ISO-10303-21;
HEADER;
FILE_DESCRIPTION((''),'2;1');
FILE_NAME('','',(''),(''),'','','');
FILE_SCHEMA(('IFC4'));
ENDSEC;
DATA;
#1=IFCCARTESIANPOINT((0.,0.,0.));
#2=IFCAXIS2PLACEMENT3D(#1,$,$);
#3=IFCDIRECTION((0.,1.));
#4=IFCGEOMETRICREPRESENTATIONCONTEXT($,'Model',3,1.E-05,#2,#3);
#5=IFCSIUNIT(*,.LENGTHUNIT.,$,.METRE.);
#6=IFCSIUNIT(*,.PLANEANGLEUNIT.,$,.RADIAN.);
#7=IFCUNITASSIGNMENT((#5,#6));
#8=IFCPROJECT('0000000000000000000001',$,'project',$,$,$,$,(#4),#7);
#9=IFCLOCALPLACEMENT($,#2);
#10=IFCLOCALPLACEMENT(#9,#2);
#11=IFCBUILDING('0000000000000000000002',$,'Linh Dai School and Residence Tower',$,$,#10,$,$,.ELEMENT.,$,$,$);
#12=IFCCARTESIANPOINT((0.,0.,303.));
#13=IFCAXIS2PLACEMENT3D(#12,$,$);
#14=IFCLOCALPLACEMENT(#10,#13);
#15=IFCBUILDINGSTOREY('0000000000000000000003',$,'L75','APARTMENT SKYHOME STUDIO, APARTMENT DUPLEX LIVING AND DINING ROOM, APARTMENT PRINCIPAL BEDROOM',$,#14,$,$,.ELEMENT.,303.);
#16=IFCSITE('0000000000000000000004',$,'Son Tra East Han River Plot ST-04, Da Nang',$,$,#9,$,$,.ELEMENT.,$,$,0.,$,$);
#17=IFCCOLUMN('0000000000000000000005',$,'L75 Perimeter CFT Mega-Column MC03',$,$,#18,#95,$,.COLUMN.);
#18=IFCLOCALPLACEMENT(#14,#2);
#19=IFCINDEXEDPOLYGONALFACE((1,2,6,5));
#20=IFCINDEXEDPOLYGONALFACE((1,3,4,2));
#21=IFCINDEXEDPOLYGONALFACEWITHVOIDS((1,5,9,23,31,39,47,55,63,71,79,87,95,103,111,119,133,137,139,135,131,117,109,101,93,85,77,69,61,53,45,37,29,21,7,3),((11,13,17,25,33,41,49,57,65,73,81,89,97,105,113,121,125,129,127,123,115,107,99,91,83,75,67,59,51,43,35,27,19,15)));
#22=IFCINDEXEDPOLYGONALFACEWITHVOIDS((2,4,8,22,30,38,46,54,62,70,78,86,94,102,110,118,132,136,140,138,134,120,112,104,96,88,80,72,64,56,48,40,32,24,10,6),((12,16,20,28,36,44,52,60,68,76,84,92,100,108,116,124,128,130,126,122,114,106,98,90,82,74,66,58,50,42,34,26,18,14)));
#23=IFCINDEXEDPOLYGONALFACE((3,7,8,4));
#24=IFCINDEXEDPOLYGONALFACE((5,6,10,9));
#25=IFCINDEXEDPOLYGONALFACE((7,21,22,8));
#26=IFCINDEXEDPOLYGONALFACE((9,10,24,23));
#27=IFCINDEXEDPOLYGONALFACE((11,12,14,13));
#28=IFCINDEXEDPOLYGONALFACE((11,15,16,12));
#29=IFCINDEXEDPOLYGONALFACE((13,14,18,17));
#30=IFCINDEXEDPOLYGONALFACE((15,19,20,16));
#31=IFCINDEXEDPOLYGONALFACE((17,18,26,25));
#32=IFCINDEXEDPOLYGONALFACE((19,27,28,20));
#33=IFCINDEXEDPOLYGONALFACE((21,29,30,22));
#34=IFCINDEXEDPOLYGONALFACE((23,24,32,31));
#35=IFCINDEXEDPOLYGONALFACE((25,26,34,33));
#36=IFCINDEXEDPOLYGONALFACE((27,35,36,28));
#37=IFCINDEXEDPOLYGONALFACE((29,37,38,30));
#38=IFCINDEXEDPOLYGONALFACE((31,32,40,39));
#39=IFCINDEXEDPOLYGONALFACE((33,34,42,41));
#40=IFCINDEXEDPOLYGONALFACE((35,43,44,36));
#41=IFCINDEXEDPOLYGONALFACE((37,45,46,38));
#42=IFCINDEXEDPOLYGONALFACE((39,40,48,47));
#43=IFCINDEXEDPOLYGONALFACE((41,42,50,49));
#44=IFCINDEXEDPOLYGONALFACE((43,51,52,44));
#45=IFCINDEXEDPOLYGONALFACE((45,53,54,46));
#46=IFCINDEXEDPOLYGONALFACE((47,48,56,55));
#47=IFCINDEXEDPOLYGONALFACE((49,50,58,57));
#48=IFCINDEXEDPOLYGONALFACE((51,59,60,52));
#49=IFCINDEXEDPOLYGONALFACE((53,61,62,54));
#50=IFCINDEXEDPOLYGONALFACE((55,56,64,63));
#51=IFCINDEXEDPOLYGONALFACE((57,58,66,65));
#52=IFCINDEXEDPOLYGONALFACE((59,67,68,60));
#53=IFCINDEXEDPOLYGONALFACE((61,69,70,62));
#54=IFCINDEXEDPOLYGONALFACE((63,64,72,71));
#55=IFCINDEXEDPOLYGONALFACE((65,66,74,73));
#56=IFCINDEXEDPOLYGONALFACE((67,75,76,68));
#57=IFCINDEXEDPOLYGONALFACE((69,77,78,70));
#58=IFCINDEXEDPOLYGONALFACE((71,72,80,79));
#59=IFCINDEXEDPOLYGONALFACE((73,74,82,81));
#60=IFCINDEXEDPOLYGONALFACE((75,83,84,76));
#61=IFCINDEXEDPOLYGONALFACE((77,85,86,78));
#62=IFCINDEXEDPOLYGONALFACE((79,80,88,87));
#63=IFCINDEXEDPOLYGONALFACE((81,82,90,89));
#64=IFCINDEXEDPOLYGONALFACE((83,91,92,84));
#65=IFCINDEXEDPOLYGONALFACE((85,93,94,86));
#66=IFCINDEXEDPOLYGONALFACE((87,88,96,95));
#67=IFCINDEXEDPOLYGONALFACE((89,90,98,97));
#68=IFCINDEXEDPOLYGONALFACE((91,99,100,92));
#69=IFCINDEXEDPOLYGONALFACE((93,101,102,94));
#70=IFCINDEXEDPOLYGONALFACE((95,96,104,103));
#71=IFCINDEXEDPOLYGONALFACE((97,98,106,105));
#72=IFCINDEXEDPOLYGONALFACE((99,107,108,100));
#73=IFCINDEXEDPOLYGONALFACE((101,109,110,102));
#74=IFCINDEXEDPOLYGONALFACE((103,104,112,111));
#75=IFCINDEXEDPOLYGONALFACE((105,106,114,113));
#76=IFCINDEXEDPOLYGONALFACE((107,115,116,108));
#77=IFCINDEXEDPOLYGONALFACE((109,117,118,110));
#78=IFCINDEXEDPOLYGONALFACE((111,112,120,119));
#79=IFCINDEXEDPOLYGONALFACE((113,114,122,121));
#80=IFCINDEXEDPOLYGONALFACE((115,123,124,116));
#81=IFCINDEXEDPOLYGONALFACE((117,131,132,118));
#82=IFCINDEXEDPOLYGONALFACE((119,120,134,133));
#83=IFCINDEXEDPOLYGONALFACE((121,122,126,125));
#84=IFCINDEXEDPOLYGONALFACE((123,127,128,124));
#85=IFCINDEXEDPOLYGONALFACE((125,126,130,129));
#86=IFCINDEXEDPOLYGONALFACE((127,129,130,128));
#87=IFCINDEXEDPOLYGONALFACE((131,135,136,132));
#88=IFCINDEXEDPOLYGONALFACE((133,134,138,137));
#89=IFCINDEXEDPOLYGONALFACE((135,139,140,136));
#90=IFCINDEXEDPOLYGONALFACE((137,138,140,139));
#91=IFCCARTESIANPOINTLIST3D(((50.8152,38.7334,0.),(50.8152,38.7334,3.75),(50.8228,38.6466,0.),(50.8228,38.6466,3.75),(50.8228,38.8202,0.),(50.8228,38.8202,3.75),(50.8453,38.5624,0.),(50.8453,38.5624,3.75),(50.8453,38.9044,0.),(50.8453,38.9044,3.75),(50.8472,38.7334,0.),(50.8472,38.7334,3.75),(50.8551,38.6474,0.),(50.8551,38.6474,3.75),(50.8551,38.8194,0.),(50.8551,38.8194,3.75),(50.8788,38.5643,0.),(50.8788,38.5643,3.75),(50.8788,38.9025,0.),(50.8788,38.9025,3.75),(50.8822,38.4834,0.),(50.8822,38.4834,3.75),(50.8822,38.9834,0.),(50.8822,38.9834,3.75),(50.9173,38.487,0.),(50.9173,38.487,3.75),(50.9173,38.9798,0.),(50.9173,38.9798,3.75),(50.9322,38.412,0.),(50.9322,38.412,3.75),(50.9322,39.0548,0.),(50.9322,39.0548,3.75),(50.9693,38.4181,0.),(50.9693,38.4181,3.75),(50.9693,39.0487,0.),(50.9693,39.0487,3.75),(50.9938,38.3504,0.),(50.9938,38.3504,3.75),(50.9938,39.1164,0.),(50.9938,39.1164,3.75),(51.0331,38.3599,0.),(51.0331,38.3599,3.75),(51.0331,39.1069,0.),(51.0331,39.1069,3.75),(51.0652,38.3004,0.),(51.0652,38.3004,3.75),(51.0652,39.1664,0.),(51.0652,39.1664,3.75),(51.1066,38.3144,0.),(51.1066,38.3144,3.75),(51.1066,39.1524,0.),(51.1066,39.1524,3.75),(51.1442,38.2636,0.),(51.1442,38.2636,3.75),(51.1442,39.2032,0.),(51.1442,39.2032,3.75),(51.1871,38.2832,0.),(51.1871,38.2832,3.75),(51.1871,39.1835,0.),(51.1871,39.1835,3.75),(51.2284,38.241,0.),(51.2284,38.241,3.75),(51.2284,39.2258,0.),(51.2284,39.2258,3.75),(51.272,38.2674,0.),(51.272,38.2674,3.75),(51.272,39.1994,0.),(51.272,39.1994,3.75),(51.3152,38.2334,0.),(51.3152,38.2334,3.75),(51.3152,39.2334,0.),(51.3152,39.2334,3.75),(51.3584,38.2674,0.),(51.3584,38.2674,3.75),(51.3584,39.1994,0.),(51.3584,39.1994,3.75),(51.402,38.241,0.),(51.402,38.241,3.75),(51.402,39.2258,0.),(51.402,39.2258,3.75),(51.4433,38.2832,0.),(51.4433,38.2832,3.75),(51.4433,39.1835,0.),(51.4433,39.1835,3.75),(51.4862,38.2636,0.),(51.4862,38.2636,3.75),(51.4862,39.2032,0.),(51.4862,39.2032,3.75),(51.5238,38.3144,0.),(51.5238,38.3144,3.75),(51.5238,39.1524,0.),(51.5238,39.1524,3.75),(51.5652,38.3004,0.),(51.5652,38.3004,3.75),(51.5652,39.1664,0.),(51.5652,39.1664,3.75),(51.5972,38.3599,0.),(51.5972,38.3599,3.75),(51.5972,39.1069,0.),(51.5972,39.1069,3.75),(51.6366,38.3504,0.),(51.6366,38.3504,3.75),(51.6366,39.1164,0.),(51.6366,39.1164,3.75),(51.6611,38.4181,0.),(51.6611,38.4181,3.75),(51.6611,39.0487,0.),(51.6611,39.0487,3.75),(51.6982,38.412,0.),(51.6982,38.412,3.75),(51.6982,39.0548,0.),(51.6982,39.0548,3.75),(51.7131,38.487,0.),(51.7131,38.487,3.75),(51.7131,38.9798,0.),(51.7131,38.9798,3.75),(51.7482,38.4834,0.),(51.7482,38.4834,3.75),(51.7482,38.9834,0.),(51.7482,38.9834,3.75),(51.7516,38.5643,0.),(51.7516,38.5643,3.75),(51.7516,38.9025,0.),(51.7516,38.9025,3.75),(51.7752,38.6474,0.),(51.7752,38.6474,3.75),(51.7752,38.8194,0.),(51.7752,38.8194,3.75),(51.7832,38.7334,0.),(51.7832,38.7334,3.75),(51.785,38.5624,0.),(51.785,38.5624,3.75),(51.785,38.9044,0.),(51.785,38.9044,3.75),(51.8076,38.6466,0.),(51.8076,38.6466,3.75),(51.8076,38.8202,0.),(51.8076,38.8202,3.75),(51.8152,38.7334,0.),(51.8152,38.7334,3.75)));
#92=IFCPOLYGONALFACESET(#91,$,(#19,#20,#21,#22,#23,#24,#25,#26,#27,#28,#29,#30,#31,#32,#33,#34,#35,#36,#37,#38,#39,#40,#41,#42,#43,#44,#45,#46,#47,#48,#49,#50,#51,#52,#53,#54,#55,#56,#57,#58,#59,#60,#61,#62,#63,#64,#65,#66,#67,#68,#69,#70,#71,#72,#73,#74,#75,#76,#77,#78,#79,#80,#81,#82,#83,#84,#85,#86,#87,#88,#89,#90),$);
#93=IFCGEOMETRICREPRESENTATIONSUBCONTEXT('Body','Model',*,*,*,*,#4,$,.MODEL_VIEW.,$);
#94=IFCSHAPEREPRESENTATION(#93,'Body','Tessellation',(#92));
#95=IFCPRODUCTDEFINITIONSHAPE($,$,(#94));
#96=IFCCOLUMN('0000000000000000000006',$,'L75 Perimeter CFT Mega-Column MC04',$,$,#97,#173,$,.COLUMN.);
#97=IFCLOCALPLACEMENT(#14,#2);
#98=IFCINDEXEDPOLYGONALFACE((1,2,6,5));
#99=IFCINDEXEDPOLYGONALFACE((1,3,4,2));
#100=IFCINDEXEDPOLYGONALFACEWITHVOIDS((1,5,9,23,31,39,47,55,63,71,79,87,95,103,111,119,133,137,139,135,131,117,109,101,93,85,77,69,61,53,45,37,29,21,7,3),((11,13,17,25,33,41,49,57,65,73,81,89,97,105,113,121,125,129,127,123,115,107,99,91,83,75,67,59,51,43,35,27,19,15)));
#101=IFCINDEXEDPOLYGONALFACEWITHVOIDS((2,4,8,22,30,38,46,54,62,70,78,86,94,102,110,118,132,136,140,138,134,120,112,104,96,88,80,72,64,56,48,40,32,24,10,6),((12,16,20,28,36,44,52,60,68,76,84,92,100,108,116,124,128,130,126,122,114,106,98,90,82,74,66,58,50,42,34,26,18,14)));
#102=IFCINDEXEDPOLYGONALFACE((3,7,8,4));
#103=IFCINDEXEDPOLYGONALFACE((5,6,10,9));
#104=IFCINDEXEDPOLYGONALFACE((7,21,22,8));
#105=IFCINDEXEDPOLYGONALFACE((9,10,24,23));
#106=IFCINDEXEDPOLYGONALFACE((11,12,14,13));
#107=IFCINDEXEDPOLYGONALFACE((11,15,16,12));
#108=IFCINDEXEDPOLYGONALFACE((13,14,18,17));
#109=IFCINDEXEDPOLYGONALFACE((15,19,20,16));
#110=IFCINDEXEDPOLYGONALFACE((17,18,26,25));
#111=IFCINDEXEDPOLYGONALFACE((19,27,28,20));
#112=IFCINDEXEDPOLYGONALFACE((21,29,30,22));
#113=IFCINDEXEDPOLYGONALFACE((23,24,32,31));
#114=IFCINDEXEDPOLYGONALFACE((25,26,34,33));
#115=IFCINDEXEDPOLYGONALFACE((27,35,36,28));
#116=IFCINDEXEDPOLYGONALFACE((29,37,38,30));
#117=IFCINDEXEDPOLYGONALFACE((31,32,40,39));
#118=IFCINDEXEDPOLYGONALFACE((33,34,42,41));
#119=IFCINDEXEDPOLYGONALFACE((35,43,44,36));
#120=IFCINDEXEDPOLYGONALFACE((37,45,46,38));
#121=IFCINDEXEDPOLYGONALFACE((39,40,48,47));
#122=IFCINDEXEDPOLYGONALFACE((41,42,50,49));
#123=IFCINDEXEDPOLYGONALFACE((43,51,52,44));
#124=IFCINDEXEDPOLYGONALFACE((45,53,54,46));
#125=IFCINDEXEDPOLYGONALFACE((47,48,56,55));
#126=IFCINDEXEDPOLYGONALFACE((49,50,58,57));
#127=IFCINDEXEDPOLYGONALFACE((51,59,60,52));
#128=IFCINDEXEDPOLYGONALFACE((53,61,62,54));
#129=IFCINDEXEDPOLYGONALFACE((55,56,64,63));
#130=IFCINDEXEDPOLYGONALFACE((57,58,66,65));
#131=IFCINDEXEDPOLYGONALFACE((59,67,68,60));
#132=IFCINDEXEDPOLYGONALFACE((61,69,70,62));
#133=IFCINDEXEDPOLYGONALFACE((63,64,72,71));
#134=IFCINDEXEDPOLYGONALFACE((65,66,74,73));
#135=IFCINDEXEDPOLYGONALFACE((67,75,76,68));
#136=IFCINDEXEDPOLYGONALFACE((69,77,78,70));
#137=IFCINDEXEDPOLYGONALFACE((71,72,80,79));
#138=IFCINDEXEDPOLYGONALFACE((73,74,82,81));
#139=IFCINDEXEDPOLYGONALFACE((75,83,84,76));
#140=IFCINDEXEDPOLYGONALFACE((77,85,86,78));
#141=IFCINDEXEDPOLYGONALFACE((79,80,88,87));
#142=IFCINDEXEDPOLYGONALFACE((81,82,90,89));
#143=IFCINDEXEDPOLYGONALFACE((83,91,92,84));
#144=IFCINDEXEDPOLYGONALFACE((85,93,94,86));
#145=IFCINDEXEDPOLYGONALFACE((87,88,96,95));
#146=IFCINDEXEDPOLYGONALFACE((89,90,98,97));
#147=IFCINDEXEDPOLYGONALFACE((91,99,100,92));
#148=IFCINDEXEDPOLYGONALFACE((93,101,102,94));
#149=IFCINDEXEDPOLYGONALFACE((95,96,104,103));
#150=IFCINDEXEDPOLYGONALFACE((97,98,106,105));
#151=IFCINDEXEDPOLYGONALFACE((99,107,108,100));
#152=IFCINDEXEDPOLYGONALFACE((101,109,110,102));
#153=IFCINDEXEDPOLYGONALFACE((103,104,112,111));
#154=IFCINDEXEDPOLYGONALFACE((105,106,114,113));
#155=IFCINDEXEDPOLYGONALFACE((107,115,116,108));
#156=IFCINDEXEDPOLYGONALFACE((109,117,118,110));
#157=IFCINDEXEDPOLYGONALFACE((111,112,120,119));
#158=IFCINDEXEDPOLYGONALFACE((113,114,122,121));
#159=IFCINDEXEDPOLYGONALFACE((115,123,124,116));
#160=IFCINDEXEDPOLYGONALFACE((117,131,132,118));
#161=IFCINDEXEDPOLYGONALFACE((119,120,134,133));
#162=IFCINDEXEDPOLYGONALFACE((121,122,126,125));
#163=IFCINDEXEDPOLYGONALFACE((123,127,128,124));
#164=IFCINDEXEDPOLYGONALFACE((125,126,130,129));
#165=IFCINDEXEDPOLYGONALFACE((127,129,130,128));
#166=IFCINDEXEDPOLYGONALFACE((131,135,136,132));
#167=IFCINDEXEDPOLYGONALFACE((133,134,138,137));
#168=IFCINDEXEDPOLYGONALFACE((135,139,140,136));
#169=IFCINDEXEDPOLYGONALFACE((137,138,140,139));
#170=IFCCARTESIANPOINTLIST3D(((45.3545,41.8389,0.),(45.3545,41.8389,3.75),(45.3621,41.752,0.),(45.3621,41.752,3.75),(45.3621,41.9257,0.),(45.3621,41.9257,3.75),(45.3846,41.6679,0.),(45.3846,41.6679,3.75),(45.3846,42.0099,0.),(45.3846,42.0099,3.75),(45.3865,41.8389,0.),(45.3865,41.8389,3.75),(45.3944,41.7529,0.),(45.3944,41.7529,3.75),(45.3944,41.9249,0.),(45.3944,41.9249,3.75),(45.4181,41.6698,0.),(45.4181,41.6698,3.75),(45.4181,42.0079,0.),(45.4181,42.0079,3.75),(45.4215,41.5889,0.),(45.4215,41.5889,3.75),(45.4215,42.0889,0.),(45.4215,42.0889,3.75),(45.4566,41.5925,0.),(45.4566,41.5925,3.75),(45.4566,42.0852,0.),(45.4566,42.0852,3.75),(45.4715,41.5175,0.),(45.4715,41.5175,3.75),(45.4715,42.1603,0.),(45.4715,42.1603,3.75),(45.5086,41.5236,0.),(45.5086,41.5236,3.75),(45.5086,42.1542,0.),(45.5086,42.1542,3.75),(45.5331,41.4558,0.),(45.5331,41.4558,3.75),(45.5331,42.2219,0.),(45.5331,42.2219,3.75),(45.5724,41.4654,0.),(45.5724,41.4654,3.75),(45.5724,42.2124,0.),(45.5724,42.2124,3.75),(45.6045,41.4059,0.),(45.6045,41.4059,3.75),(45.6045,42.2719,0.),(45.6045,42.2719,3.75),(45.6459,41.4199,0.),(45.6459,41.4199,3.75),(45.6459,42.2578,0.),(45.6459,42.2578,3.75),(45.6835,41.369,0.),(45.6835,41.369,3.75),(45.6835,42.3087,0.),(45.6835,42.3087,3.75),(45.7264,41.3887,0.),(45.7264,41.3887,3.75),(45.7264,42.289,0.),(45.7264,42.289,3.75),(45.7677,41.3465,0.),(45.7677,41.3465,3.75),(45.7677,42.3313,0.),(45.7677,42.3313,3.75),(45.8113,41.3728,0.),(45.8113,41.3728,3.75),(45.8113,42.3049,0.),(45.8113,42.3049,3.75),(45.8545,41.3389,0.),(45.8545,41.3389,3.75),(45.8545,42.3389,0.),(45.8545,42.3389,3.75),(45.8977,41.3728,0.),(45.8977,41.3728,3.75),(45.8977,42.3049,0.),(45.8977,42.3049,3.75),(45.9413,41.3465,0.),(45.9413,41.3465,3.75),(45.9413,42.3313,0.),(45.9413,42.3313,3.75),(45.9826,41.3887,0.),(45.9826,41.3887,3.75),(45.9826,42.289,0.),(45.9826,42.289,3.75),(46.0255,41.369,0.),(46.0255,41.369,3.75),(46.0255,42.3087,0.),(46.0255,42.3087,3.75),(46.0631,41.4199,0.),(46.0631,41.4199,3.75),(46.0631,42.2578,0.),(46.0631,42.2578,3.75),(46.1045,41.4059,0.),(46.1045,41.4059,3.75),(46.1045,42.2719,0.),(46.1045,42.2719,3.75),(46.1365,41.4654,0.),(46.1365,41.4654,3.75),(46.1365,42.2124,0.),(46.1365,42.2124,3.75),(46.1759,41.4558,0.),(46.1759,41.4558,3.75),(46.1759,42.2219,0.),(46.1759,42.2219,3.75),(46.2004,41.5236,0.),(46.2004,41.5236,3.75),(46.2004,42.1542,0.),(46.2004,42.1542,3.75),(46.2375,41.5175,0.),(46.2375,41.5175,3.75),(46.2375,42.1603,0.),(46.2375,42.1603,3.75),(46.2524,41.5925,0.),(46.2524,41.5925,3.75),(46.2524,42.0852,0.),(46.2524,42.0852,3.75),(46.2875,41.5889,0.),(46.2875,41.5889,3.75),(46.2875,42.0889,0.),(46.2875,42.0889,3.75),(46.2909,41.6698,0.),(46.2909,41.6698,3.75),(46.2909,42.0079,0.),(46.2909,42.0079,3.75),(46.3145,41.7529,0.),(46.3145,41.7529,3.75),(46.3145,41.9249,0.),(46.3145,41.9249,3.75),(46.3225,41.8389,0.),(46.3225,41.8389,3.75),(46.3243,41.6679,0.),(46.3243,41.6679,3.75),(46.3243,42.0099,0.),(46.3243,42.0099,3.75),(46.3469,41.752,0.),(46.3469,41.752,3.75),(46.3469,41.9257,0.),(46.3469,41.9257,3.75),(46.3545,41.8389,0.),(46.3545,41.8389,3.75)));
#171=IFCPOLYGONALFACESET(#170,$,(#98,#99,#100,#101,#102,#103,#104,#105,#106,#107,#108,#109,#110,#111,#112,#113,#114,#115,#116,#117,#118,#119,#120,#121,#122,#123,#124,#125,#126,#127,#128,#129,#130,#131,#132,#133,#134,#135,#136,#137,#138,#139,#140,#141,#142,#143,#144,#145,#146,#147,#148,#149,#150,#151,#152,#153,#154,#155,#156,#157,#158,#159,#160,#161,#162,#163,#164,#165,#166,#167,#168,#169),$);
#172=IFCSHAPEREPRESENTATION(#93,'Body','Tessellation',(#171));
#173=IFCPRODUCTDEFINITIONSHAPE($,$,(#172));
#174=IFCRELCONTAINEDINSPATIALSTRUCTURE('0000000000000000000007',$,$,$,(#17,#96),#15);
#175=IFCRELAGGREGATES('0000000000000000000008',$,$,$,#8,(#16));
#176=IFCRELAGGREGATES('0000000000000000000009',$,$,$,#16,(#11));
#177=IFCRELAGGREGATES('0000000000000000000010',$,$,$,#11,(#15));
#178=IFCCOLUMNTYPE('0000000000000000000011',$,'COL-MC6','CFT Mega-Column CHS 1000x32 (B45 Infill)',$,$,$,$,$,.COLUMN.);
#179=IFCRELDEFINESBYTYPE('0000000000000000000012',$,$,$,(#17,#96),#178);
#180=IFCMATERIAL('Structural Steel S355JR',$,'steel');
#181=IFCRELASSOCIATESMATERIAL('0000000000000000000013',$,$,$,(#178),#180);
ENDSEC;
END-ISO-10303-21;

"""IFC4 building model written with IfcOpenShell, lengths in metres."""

from ifc_helpers import new_model, si_unit, direction, frame, origin, origin_2d, place, context, subcontext, project, spatial, hollow_circle, extrude, material, material_profile, profile_set, type_object, element, save


model = new_model("IFC4")

# Units and contexts
model_context = context("Model", 3, precision=1e-05, world=origin(), true_north=direction((0.0, 1.0)))
body_context = subcontext(model_context, "Body", "Model", "MODEL_VIEW")
ifc_project = project(units=[si_unit("LENGTHUNIT", "METRE"), si_unit("PLANEANGLEUNIT", "RADIAN")], contexts=[model_context])

# Site, building, storey
site_placement = place(None, origin())
site = spatial("IfcSite", under=ifc_project, at=site_placement, Name="Son Tra East Han River Plot ST-04, Da Nang", CompositionType="ELEMENT", RefElevation=0.0)
building_placement = place(site_placement, origin())
building = spatial("IfcBuilding", under=site, at=building_placement, Name="Linh Dai School and Residence Tower", CompositionType="ELEMENT")
storey_placement = place(building_placement, frame((0.0, 0.0, 303.0)))
storey = spatial("IfcBuildingStorey", under=building, at=storey_placement, Name="L75", Description="APARTMENT SKYHOME STUDIO, APARTMENT DUPLEX LIVING AND DINING ROOM, APARTMENT PRINCIPAL BEDROOM", CompositionType="ELEMENT", Elevation=303.0)

# Columns
ifc_material_1 = material(Name="Structural Steel S355JR", Category="steel")
ifc_material_profile_1 = material_profile(ifc_material_1, hollow_circle(Radius=0.5, WallThickness=0.032, at=origin_2d()), Name="CHS 1000x32")
ifc_profile_set_1 = profile_set([ifc_material_profile_1], Name="Structural Steel S355JR")
column_type = type_object("IfcColumnType", Name="COL-MC6", Description="CFT Mega-Column CHS 1000x32 (B45 Infill)", PredefinedType="COLUMN", material=ifc_profile_set_1)
for number, where, z_axis, x_axis, name in (
    (1, (51.3152, 38.7334, 0.0), (0.0, 0.0, 1.0), (1.0, 0.0, 0.0), "L75 Perimeter CFT Mega-Column MC03"),
    (2, (45.8545, 41.8389, 0.0), (0.0, 0.0, 1.0), (1.0, 0.0, 0.0), "L75 Perimeter CFT Mega-Column MC04"),
):
    element("IfcColumn", number, at=place(storey_placement, frame(where, z_axis=z_axis, x_axis=x_axis)), inside=storey, type_object=column_type, Name=name, PredefinedType="COLUMN", context=body_context, shape_type="SweptSolid", body=[
        extrude(hollow_circle(Radius=0.5, WallThickness=0.032, at=origin_2d()), origin(), (0.0, 0.0, 1.0), 3.75),
    ])

save(model, "model.ifc")
